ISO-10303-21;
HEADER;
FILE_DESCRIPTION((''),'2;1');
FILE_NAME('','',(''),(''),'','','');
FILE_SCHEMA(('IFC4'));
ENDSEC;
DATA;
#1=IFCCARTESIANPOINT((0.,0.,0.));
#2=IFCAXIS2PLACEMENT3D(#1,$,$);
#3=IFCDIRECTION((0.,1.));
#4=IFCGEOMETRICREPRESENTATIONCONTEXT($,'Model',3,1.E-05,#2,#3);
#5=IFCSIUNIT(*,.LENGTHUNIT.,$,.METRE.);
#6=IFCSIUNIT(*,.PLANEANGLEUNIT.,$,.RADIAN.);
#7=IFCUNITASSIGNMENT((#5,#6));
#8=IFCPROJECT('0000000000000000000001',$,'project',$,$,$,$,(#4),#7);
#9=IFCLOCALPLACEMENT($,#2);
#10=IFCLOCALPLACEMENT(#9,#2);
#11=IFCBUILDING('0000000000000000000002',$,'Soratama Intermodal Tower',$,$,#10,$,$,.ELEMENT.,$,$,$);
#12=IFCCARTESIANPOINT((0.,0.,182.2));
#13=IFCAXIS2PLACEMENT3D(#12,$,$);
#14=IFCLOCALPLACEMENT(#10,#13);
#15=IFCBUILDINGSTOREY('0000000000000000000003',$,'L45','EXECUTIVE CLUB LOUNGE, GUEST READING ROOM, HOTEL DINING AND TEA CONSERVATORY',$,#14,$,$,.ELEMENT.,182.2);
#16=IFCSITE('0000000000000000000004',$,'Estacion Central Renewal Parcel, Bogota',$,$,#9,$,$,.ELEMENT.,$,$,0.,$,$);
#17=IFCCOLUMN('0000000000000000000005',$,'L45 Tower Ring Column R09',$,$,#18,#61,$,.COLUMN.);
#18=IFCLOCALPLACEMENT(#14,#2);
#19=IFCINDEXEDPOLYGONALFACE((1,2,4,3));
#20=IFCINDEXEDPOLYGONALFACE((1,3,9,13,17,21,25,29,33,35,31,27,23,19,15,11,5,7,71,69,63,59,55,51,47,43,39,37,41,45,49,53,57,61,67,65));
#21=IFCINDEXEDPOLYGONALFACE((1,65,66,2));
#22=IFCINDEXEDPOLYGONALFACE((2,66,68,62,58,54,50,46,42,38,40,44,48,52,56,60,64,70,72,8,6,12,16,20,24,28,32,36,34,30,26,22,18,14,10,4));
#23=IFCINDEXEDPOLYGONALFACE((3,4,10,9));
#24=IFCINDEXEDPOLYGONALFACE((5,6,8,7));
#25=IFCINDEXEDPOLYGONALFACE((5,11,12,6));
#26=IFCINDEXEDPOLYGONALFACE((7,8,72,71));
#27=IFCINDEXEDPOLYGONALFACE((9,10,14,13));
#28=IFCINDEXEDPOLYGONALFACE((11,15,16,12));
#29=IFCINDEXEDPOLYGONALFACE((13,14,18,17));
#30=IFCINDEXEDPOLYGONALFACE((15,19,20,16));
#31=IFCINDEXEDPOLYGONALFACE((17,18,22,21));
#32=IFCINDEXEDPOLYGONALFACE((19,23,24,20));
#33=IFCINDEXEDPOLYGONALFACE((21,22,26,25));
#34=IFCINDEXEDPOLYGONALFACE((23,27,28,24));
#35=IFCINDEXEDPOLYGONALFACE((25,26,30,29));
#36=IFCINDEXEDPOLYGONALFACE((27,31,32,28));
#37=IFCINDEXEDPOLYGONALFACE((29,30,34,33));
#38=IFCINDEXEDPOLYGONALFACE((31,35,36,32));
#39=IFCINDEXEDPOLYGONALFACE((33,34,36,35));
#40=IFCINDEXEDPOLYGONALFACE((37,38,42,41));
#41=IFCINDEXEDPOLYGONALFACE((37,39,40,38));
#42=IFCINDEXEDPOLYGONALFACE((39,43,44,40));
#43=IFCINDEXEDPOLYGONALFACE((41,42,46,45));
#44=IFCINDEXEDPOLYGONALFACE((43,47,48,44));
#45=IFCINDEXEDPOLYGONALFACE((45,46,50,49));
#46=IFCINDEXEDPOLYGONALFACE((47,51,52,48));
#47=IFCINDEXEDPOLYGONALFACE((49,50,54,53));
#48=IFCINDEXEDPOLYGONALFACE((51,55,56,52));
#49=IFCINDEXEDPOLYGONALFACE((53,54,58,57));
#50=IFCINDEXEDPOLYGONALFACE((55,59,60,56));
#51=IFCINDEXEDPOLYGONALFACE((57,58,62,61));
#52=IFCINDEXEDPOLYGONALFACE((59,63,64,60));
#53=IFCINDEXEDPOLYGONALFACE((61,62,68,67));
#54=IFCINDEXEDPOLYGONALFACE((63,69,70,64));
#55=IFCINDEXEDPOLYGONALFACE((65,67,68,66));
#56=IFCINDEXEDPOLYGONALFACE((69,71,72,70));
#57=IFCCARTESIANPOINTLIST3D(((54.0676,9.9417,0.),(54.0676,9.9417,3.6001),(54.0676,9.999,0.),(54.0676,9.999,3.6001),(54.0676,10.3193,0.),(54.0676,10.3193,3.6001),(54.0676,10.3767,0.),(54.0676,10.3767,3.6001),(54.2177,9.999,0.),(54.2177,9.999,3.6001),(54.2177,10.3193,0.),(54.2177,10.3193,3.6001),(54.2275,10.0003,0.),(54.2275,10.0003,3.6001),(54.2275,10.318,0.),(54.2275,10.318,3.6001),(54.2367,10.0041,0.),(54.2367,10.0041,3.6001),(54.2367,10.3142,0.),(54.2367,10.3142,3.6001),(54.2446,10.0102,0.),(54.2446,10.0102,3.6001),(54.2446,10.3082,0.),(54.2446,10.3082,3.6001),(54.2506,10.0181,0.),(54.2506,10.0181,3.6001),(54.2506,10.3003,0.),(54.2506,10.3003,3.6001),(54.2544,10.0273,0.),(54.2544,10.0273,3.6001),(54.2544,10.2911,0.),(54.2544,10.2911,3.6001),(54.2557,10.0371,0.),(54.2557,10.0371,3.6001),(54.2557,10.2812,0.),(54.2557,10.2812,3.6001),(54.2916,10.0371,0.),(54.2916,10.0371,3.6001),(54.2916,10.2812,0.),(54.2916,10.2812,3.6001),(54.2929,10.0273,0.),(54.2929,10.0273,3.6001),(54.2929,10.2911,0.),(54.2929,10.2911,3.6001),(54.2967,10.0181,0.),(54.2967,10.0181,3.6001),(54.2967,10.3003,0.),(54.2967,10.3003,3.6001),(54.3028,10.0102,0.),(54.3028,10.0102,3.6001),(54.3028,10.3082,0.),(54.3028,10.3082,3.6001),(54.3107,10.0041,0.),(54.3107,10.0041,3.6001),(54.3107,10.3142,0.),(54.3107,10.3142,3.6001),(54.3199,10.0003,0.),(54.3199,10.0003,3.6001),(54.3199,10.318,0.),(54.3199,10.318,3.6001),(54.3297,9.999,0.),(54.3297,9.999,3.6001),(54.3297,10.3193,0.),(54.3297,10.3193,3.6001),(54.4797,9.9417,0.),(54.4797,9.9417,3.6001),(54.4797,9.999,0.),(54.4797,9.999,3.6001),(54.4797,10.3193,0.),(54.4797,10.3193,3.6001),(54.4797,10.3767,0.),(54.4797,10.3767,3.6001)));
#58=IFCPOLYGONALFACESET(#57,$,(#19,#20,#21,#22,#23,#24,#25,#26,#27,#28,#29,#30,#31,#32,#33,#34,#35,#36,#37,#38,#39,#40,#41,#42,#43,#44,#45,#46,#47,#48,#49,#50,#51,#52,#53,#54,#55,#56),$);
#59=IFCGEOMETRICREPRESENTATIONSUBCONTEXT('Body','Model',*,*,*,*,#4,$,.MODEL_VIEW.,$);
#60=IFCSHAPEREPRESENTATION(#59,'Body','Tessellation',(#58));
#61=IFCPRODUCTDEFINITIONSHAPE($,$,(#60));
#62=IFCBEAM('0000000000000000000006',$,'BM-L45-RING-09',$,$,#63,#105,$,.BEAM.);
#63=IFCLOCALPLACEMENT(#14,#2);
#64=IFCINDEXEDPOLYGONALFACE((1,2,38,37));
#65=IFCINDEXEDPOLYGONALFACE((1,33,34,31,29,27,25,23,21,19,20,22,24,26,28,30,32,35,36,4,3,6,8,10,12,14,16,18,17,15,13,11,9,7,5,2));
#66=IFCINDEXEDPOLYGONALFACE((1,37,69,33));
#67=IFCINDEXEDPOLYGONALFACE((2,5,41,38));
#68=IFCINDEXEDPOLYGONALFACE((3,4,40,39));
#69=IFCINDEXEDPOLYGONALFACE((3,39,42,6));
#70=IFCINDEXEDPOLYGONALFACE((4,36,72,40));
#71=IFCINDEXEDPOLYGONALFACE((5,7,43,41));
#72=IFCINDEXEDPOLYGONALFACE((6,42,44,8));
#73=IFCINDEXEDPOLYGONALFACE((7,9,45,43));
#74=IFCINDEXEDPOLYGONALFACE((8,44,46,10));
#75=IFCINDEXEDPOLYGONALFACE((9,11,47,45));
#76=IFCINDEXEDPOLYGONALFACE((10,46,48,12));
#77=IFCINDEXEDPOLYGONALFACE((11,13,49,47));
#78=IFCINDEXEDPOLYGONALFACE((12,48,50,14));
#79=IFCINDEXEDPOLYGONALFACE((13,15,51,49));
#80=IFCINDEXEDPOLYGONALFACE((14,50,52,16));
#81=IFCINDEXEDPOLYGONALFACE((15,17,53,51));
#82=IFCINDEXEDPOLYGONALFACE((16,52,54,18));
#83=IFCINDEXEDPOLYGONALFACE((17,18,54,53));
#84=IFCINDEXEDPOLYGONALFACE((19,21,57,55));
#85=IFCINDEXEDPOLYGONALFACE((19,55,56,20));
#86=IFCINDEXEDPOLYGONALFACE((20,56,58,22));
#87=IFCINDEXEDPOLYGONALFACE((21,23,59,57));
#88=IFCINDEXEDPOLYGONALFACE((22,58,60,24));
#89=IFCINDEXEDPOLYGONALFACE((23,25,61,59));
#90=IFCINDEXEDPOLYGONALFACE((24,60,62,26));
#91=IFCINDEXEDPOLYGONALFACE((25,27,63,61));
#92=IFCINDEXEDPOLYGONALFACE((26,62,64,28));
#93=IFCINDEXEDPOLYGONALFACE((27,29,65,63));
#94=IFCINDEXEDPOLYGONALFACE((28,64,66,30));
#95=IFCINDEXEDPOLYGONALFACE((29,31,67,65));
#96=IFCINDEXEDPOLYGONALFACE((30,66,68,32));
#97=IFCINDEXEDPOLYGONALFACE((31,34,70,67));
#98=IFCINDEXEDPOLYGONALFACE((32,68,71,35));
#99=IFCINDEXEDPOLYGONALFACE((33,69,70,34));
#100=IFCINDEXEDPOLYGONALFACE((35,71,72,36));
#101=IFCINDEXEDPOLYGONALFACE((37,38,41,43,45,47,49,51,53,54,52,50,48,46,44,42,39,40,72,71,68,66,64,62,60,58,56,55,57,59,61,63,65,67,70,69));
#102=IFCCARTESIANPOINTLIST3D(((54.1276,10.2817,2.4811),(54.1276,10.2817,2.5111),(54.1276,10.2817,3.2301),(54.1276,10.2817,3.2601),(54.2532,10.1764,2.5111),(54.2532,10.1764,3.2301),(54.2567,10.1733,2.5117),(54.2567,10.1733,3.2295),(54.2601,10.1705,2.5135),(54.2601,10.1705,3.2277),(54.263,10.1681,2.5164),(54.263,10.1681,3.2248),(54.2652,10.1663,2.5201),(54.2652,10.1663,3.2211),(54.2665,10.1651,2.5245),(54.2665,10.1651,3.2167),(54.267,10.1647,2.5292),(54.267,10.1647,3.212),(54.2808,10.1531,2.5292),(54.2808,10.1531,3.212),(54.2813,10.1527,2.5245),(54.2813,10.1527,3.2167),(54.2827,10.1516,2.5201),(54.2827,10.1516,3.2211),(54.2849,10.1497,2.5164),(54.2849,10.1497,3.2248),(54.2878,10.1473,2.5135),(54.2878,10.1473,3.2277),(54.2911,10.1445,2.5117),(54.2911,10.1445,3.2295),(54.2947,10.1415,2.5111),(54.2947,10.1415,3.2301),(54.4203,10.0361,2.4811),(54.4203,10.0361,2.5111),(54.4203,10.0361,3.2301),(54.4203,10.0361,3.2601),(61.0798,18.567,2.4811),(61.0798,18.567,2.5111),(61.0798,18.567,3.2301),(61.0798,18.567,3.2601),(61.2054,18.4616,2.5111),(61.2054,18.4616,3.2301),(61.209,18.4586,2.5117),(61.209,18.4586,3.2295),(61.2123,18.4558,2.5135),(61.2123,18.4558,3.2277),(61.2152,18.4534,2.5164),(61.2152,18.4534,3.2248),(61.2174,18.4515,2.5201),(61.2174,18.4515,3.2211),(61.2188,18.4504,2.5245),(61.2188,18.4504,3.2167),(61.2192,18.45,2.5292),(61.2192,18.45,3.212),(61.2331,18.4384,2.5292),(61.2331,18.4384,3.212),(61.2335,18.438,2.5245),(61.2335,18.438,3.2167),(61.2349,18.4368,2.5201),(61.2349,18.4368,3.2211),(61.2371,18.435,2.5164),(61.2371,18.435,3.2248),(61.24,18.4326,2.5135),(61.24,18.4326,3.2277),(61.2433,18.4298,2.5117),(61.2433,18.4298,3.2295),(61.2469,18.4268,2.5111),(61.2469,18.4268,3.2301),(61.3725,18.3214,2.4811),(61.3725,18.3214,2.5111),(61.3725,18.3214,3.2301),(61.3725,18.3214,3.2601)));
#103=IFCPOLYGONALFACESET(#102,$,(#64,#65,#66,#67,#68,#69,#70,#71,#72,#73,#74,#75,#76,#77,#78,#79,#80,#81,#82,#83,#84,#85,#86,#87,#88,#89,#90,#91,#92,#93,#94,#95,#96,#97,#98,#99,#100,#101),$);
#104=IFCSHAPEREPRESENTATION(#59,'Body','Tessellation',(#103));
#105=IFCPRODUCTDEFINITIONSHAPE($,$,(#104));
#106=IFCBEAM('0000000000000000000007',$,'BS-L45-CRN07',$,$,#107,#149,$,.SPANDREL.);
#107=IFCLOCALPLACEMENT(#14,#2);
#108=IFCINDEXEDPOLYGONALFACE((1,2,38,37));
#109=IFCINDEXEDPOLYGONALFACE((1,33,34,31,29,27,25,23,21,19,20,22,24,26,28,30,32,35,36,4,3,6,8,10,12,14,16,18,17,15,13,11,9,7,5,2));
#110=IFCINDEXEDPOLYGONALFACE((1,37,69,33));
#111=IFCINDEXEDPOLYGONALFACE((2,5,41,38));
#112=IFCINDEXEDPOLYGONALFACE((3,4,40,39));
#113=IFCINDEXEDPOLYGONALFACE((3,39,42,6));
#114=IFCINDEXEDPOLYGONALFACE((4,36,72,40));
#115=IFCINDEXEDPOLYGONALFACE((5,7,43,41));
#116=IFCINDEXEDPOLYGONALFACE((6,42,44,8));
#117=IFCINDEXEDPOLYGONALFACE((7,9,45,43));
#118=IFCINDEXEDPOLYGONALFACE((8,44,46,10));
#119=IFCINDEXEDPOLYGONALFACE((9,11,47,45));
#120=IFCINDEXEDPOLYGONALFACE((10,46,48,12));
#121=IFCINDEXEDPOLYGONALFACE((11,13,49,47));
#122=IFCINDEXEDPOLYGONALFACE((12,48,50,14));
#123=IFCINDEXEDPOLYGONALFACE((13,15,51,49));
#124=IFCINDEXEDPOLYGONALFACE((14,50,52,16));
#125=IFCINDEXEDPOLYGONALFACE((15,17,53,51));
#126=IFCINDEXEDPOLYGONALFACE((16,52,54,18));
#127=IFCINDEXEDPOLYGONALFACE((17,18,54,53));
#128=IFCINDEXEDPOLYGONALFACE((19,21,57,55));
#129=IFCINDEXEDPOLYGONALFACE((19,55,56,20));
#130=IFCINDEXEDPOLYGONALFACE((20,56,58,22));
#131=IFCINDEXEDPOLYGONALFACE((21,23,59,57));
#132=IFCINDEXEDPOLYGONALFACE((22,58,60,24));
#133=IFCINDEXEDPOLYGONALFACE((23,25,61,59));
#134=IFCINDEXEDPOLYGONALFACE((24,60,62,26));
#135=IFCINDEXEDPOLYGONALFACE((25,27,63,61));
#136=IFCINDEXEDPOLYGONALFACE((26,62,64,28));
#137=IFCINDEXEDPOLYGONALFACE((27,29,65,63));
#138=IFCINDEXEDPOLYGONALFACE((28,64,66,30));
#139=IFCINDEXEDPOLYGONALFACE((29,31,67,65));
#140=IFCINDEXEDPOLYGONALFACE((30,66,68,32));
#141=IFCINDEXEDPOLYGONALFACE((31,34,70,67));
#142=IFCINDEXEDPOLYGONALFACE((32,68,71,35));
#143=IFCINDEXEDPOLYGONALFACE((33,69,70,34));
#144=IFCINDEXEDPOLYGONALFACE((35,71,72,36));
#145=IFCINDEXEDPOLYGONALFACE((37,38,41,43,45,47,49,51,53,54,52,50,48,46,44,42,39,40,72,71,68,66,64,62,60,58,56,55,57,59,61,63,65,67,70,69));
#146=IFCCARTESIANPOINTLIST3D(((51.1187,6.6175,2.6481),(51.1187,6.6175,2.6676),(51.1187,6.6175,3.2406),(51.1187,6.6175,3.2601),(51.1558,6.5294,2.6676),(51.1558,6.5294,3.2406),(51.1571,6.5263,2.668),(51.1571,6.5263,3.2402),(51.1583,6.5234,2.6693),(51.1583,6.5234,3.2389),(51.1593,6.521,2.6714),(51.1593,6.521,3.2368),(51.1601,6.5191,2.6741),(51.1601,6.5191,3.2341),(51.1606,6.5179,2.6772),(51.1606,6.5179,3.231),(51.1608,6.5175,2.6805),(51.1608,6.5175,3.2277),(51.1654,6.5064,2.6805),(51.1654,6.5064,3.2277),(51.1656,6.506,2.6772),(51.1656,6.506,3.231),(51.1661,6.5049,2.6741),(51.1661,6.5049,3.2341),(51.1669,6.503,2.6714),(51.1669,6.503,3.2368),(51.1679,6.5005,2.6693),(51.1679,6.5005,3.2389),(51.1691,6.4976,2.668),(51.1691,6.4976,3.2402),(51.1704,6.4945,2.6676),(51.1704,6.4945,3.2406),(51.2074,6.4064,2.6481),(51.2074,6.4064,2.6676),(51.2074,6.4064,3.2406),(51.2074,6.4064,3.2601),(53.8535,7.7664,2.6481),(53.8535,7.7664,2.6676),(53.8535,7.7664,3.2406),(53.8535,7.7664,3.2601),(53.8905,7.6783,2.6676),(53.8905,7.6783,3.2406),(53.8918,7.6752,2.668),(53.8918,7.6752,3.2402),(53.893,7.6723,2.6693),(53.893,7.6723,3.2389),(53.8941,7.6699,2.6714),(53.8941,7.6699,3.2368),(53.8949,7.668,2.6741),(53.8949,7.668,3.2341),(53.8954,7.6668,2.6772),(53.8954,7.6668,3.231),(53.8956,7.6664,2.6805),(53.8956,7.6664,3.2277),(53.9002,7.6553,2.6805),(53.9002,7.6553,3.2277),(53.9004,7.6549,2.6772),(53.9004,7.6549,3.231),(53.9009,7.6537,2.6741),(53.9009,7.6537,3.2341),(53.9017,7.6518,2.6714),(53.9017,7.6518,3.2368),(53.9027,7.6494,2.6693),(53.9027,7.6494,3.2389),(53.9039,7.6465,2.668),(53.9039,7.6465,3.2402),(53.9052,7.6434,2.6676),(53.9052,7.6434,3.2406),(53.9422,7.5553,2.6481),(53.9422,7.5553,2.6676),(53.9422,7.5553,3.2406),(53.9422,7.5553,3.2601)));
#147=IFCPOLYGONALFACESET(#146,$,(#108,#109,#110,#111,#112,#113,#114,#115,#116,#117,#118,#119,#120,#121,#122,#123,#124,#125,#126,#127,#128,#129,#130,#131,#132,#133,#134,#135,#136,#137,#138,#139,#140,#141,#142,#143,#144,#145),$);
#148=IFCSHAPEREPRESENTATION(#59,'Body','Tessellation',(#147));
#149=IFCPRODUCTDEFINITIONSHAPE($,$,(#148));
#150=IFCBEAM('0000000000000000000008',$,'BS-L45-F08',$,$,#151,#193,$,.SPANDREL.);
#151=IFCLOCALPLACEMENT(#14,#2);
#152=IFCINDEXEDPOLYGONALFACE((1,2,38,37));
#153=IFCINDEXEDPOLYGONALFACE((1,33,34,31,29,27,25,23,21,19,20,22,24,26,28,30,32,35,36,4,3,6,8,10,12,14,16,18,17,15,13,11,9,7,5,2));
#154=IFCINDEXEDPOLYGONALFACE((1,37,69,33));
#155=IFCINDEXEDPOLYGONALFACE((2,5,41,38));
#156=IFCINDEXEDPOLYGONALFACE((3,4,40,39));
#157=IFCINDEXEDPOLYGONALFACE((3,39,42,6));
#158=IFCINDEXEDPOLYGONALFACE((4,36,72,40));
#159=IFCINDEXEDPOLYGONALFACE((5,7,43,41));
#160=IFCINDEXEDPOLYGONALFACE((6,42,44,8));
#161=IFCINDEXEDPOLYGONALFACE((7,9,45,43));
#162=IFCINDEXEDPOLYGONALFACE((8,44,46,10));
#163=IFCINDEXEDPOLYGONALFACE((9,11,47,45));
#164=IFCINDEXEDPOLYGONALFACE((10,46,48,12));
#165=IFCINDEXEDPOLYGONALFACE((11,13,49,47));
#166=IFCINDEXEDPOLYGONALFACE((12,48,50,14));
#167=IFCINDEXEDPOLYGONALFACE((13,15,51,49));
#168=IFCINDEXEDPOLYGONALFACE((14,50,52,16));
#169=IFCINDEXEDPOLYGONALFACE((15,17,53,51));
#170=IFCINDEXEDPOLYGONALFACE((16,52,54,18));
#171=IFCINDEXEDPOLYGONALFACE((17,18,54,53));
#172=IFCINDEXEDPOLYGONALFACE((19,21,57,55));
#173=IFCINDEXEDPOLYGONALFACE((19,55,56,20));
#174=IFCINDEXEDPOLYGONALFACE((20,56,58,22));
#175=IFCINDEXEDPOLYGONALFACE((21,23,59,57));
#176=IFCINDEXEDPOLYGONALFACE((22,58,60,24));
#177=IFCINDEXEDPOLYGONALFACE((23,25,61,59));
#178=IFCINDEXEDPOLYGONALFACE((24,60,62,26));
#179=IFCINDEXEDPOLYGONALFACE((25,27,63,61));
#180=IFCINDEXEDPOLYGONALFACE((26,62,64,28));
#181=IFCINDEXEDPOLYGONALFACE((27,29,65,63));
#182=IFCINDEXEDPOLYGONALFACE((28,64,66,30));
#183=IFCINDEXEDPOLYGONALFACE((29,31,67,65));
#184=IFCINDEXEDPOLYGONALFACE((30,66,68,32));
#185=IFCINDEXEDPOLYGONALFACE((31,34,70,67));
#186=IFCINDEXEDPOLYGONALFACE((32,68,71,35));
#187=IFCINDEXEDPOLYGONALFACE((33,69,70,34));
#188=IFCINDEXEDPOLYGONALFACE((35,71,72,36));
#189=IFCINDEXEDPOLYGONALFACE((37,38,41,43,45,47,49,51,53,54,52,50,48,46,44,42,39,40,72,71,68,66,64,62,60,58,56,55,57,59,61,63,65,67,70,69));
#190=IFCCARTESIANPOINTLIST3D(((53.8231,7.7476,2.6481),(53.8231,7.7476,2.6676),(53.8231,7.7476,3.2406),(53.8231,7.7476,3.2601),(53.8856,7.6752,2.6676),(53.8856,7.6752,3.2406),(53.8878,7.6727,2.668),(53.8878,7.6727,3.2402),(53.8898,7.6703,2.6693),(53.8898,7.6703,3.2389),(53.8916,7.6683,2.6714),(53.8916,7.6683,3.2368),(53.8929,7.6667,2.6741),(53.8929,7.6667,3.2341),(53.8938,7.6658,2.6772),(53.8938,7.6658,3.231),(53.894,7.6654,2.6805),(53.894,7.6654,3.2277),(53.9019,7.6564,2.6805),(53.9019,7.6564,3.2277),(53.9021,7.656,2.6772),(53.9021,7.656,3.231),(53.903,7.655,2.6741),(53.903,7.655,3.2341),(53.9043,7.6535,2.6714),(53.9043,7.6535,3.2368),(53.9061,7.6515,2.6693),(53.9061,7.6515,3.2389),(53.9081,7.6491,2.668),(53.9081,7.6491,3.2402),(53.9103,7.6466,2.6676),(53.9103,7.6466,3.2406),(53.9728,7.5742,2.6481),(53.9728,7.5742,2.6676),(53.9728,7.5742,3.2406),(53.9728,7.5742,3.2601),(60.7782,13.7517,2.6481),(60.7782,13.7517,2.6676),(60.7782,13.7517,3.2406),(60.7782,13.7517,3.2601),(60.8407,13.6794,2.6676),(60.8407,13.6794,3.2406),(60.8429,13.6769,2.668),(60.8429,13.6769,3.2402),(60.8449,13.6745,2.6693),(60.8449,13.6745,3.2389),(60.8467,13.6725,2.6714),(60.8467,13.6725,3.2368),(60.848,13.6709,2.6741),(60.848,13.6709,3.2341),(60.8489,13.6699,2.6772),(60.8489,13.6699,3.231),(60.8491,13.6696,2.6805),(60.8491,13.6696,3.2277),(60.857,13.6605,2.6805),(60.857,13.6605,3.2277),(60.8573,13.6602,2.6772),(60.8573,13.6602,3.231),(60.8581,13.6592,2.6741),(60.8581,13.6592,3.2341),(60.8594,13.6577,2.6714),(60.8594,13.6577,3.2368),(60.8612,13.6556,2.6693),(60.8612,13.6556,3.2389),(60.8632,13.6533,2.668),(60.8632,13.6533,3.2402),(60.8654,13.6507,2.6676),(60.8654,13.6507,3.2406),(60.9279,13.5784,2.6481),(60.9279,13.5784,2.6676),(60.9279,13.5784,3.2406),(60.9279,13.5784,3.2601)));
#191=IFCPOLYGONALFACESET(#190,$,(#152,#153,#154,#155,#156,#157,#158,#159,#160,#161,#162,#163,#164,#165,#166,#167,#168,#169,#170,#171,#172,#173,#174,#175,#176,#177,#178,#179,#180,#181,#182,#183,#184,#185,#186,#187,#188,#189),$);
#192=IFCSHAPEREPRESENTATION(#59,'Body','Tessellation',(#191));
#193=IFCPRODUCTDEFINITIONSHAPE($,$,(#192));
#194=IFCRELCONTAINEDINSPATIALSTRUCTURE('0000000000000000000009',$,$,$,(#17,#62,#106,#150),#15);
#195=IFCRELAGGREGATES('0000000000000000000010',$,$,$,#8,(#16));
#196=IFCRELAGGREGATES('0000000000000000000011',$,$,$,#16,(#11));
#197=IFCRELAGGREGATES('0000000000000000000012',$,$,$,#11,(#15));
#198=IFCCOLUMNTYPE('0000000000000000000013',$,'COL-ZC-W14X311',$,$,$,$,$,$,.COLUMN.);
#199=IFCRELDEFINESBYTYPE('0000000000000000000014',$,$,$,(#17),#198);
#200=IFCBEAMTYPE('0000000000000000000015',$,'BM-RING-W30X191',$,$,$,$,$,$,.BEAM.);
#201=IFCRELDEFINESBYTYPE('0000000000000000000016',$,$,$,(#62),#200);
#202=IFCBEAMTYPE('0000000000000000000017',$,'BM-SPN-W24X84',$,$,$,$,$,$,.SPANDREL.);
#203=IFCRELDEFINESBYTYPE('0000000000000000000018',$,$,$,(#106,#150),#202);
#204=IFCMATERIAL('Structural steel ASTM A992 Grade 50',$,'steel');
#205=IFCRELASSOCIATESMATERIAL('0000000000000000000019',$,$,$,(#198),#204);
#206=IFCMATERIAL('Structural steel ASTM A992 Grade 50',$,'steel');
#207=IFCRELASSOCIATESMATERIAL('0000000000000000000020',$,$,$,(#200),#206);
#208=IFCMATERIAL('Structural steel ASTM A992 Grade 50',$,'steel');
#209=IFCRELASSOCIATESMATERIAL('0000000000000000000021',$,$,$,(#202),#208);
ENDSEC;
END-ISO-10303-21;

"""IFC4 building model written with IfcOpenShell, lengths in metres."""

from ifc_helpers import new_model, si_unit, direction, frame, origin, origin_2d, place, context, subcontext, project, spatial, i_section, extrude, material, material_profile, profile_set, type_object, element, save


model = new_model("IFC4")

# Units and contexts
model_context = context("Model", 3, precision=1e-05, world=origin(), true_north=direction((0.0, 1.0)))
body_context = subcontext(model_context, "Body", "Model", "MODEL_VIEW")
ifc_project = project(units=[si_unit("LENGTHUNIT", "METRE"), si_unit("PLANEANGLEUNIT", "RADIAN")], contexts=[model_context])

# Site, building, storey
site_placement = place(None, origin())
site = spatial("IfcSite", under=ifc_project, at=site_placement, Name="Estacion Central Renewal Parcel, Bogota", CompositionType="ELEMENT", RefElevation=0.0)
building_placement = place(site_placement, origin())
building = spatial("IfcBuilding", under=site, at=building_placement, Name="Soratama Intermodal Tower", CompositionType="ELEMENT")
storey_placement = place(building_placement, frame((0.0, 0.0, 182.2)))
storey = spatial("IfcBuildingStorey", under=building, at=storey_placement, Name="L45", Description="EXECUTIVE CLUB LOUNGE, GUEST READING ROOM, HOTEL DINING AND TEA CONSERVATORY", CompositionType="ELEMENT", Elevation=182.2)

# Column
ifc_material_1 = material(Name="Structural steel ASTM A992 Grade 50", Category="steel")
ifc_material_profile_1 = material_profile(ifc_material_1, i_section(OverallWidth=0.4121, OverallDepth=0.4351, WebThickness=0.0359, FlangeThickness=0.0574, FilletRadius=0.0381, at=origin_2d()), Name="W14X311")
ifc_profile_set_1 = profile_set([ifc_material_profile_1], Name="Structural steel ASTM A992 Grade 50")
column_type = type_object("IfcColumnType", Name="COL-ZC-W14X311", PredefinedType="COLUMN", material=ifc_profile_set_1)
column_placement = place(storey_placement, frame((54.2737, 10.1592, 0.0), z_axis=(0.0, 0.0, 1.0), x_axis=(1.0, 0.0, 0.0)))
element("IfcColumn", 1, at=column_placement, inside=storey, type_object=column_type, Name="L45 Tower Ring Column R09", PredefinedType="COLUMN", context=body_context, shape_type="SweptSolid", body=[
    extrude(i_section(OverallWidth=0.4121, OverallDepth=0.4351, WebThickness=0.0359, FlangeThickness=0.0574, FilletRadius=0.0381, at=origin_2d()), origin(), (0.0, 0.0, 1.0), 3.6001),
])

# Beams
ifc_material_2 = material(Name="Structural steel ASTM A992 Grade 50", Category="steel")
ifc_material_profile_2 = material_profile(ifc_material_2, i_section(OverallWidth=0.3821, OverallDepth=0.7791, WebThickness=0.0181, FlangeThickness=0.03, FilletRadius=0.0181, at=origin_2d()), Name="W30X191")
ifc_profile_set_2 = profile_set([ifc_material_profile_2], Name="Structural steel ASTM A992 Grade 50")
beam_type_1 = type_object("IfcBeamType", Name="BM-RING-W30X191", PredefinedType="BEAM", material=ifc_profile_set_2)
beam_1_placement = place(storey_placement, frame((54.2739, 10.1589, 2.8706), z_axis=(0.642792, 0.766041, 0.0), x_axis=(-0.766041, 0.642792, 0.0)))
element("IfcBeam", 2, at=beam_1_placement, inside=storey, type_object=beam_type_1, Name="BM-L45-RING-09", PredefinedType="BEAM", context=body_context, shape_type="SweptSolid", body=[
    extrude(i_section(OverallWidth=0.3821, OverallDepth=0.7791, WebThickness=0.0181, FlangeThickness=0.03, FilletRadius=0.0181, at=origin_2d()), origin(), (0.0, 0.0, 1.0), 10.8157),
])
ifc_material_3 = material(Name="Structural steel ASTM A992 Grade 50", Category="steel")
ifc_material_profile_3 = material_profile(ifc_material_3, i_section(OverallWidth=0.229, OverallDepth=0.6121, WebThickness=0.012, FlangeThickness=0.0195, FilletRadius=0.0129, at=origin_2d()), Name="W24X84")
ifc_profile_set_3 = profile_set([ifc_material_profile_3], Name="Structural steel ASTM A992 Grade 50")
beam_type_2 = type_object("IfcBeamType", Name="BM-SPN-W24X84", PredefinedType="SPANDREL", material=ifc_profile_set_3)
beam_2_placement = place(storey_placement, frame((51.1631, 6.512, 2.9541), z_axis=(0.921948, 0.387314, 0.0), x_axis=(-0.387314, 0.921948, 0.0)))
element("IfcBeam", 3, at=beam_2_placement, inside=storey, type_object=beam_type_2, Name="BS-L45-CRN07", PredefinedType="SPANDREL", context=body_context, shape_type="SweptSolid", body=[
    extrude(i_section(OverallWidth=0.229, OverallDepth=0.6121, WebThickness=0.012, FlangeThickness=0.0195, FilletRadius=0.0129, at=origin_2d()), origin(), (0.0, 0.0, 1.0), 2.9663),
])
beam_3_placement = place(storey_placement, frame((53.8979, 7.6609, 2.9541), z_axis=(0.756958, 0.653464, 0.0), x_axis=(-0.653464, 0.756958, 0.0)))
element("IfcBeam", 4, at=beam_3_placement, inside=storey, type_object=beam_type_2, Name="BS-L45-F08", PredefinedType="SPANDREL", context=body_context, shape_type="SweptSolid", body=[
    extrude(i_section(OverallWidth=0.229, OverallDepth=0.6121, WebThickness=0.012, FlangeThickness=0.0195, FilletRadius=0.0129, at=origin_2d()), origin(), (0.0, 0.0, 1.0), 9.1882),
])

save(model, "model.ifc")
